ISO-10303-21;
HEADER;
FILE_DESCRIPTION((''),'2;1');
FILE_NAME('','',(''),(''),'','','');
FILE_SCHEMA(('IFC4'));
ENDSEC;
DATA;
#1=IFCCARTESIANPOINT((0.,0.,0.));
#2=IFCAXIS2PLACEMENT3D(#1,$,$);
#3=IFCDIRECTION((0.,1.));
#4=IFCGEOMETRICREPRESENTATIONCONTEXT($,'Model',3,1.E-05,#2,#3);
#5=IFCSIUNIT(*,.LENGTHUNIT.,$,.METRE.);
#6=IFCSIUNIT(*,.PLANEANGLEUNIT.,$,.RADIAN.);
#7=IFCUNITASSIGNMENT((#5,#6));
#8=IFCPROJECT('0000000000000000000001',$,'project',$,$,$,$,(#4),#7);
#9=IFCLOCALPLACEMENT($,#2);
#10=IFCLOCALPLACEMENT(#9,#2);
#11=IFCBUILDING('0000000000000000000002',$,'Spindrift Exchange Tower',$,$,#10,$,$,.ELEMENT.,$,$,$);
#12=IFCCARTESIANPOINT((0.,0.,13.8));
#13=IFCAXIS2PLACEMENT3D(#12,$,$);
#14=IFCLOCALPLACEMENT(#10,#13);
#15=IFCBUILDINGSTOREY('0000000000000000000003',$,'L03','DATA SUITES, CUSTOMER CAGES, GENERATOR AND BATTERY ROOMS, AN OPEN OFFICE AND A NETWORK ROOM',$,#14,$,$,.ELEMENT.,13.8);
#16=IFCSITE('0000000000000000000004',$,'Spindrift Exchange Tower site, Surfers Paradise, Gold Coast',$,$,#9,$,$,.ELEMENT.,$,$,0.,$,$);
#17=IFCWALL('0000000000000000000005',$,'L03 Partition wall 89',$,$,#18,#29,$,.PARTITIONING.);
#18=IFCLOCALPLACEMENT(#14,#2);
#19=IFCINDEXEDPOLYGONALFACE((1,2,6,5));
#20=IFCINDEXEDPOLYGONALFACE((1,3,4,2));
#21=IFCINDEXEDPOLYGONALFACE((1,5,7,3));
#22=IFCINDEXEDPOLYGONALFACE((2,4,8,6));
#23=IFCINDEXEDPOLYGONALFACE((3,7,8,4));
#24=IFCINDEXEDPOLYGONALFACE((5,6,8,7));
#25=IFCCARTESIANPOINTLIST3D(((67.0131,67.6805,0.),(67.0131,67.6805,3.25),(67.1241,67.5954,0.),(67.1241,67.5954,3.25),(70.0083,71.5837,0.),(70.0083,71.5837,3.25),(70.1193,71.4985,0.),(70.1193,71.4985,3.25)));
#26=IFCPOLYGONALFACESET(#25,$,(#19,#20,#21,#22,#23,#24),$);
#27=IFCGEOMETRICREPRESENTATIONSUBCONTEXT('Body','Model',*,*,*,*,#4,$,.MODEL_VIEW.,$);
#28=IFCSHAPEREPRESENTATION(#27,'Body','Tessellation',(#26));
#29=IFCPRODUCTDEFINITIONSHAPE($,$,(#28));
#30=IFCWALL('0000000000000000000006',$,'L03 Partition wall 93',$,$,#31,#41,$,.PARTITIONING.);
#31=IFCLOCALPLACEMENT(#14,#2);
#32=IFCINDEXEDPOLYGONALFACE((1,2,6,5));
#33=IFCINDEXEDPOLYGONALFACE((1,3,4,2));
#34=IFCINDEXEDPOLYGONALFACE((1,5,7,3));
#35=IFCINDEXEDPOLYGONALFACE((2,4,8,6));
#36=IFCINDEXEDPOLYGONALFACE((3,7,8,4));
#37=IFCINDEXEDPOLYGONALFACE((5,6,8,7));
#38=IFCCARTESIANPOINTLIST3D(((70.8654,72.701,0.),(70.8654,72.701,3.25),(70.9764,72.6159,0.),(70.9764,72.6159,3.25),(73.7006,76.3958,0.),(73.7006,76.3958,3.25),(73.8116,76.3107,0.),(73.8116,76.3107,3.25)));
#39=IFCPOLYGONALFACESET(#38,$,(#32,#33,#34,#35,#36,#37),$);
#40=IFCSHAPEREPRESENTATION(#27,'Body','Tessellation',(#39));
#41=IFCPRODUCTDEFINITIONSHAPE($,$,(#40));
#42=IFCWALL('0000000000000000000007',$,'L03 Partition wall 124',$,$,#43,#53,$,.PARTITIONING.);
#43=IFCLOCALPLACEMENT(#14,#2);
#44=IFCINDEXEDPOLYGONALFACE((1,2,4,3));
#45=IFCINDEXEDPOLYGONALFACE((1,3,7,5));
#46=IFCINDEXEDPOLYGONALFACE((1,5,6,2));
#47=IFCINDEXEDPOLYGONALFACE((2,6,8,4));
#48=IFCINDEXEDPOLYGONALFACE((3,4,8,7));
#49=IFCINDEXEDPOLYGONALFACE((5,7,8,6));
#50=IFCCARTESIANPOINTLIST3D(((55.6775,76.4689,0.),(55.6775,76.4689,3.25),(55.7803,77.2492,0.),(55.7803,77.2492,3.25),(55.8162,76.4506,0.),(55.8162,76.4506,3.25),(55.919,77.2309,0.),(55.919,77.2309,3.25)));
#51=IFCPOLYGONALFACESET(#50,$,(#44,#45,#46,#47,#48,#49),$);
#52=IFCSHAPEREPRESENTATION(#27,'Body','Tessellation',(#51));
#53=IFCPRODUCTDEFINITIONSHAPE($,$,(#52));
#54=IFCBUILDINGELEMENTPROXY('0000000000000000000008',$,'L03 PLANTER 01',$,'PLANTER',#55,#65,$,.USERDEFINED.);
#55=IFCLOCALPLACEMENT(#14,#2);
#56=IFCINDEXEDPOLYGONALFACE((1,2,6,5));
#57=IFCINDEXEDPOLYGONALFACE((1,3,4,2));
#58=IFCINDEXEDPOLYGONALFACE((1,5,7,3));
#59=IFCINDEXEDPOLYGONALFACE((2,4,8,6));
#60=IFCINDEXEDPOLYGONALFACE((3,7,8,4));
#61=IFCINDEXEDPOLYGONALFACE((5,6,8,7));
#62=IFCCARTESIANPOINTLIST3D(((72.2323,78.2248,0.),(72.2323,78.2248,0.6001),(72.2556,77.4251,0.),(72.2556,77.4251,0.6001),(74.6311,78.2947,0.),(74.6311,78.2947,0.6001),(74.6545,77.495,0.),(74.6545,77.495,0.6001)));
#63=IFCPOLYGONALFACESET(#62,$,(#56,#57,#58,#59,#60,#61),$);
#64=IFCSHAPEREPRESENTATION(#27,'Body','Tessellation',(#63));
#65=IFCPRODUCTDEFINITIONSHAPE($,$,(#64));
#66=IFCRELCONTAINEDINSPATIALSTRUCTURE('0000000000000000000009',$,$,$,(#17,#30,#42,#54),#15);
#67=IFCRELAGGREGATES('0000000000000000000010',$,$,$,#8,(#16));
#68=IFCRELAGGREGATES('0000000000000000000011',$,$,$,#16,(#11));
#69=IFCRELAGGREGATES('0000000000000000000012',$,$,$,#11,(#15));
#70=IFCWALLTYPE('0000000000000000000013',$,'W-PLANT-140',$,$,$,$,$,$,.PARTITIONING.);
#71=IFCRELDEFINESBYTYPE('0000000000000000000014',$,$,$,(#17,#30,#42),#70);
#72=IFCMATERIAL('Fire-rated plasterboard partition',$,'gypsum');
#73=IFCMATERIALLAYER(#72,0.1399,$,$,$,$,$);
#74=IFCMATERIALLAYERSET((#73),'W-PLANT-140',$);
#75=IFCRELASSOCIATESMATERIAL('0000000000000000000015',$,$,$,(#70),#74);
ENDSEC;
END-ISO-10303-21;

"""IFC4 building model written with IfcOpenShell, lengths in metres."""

from ifc_helpers import new_model, si_unit, direction, frame, frame_2d, origin, origin_2d, place, context, subcontext, project, spatial, rectangle, extrude, source, transform, mapped, material, layer, layer_set, type_object, element, save


model = new_model("IFC4")

# Units and contexts
model_context = context("Model", 3, precision=1e-05, world=origin(), true_north=direction((0.0, 1.0)))
body_context = subcontext(model_context, "Body", "Model", "MODEL_VIEW")
ifc_project = project(units=[si_unit("LENGTHUNIT", "METRE"), si_unit("PLANEANGLEUNIT", "RADIAN")], contexts=[model_context])

# Site, building, storey
site_placement = place(None, origin())
site = spatial("IfcSite", under=ifc_project, at=site_placement, Name="Spindrift Exchange Tower site, Surfers Paradise, Gold Coast", CompositionType="ELEMENT", RefElevation=0.0)
building_placement = place(site_placement, origin())
building = spatial("IfcBuilding", under=site, at=building_placement, Name="Spindrift Exchange Tower", CompositionType="ELEMENT")
storey_placement = place(building_placement, frame((0.0, 0.0, 13.8)))
storey = spatial("IfcBuildingStorey", under=building, at=storey_placement, Name="L03", Description="DATA SUITES, CUSTOMER CAGES, GENERATOR AND BATTERY ROOMS, AN OPEN OFFICE AND A NETWORK ROOM", CompositionType="ELEMENT", Elevation=13.8)

# Shared definitions
ifc_material_1 = material(Name="Fire-rated plasterboard partition", Category="gypsum")

# Shared definitions
ifc_layer_1 = layer(ifc_material_1, 0.1399)
ifc_layer_set_1 = layer_set([ifc_layer_1], Name="W-PLANT-140")
wall_type_1 = type_object("IfcWallType", Name="W-PLANT-140", PredefinedType="PARTITIONING", material=ifc_layer_set_1)

# Walls
wall_1_placement = place(storey_placement, frame((67.0686, 67.6379, 0.0), z_axis=(0.0, 0.0, 1.0), x_axis=(0.608785, 0.793336, 0.0)))
element("IfcWall", 1, at=wall_1_placement, inside=storey, type_object=wall_type_1, Name="L03 Partition wall 89", PredefinedType="PARTITIONING", context=body_context, shape_type="SweptSolid", body=[
    extrude(rectangle(XDim=4.9199, YDim=0.1399, at=frame_2d((2.46, 0.0))), origin(), (0.0, 0.0, 1.0), 3.25),
])
wall_2_placement = place(storey_placement, frame((70.9209, 72.6584, 0.0), z_axis=(0.0, 0.0, 1.0), x_axis=(0.60877, 0.793346, 0.0)))
element("IfcWall", 2, at=wall_2_placement, inside=storey, type_object=wall_type_1, Name="L03 Partition wall 93", PredefinedType="PARTITIONING", context=body_context, shape_type="SweptSolid", body=[
    extrude(rectangle(XDim=4.6572, YDim=0.1399, at=frame_2d((2.3286, 0.0))), origin(), (0.0, 0.0, 1.0), 3.25),
])
wall_3_placement = place(storey_placement, frame((55.7468, 76.4597, 0.0), z_axis=(0.0, 0.0, 1.0), x_axis=(0.130599, 0.991435, 0.0)))
element("IfcWall", 3, at=wall_3_placement, inside=storey, type_object=wall_type_1, Name="L03 Partition wall 124", PredefinedType="PARTITIONING", context=body_context, shape_type="SweptSolid", body=[
    extrude(rectangle(XDim=0.7871, YDim=0.1399, at=frame_2d((0.3936, 0.0))), origin(), (0.0, 0.0, 1.0), 3.25),
])

# Building element proxy
shared_shape_1 = source(origin(), body_context, "Body", "SweptSolid", [
    extrude(rectangle(XDim=2.3999, YDim=0.8, at=origin_2d()), origin(), (0.0, 0.0, 1.0), 0.6001),
])
proxy_placement = place(storey_placement, frame((73.4434, 77.8599, 0.0), z_axis=(0.0, 0.0, 1.0), x_axis=(0.999576, 0.029129, 0.0)))
element("IfcBuildingElementProxy", 4, at=proxy_placement, inside=storey, Name="L03 PLANTER 01", ObjectType="PLANTER", PredefinedType="USERDEFINED", context=body_context, shape_type="MappedRepresentation", body=[
    mapped(shared_shape_1, transform((0.0, 0.0, 0.0), scale=1.0)),
])

save(model, "model.ifc")
